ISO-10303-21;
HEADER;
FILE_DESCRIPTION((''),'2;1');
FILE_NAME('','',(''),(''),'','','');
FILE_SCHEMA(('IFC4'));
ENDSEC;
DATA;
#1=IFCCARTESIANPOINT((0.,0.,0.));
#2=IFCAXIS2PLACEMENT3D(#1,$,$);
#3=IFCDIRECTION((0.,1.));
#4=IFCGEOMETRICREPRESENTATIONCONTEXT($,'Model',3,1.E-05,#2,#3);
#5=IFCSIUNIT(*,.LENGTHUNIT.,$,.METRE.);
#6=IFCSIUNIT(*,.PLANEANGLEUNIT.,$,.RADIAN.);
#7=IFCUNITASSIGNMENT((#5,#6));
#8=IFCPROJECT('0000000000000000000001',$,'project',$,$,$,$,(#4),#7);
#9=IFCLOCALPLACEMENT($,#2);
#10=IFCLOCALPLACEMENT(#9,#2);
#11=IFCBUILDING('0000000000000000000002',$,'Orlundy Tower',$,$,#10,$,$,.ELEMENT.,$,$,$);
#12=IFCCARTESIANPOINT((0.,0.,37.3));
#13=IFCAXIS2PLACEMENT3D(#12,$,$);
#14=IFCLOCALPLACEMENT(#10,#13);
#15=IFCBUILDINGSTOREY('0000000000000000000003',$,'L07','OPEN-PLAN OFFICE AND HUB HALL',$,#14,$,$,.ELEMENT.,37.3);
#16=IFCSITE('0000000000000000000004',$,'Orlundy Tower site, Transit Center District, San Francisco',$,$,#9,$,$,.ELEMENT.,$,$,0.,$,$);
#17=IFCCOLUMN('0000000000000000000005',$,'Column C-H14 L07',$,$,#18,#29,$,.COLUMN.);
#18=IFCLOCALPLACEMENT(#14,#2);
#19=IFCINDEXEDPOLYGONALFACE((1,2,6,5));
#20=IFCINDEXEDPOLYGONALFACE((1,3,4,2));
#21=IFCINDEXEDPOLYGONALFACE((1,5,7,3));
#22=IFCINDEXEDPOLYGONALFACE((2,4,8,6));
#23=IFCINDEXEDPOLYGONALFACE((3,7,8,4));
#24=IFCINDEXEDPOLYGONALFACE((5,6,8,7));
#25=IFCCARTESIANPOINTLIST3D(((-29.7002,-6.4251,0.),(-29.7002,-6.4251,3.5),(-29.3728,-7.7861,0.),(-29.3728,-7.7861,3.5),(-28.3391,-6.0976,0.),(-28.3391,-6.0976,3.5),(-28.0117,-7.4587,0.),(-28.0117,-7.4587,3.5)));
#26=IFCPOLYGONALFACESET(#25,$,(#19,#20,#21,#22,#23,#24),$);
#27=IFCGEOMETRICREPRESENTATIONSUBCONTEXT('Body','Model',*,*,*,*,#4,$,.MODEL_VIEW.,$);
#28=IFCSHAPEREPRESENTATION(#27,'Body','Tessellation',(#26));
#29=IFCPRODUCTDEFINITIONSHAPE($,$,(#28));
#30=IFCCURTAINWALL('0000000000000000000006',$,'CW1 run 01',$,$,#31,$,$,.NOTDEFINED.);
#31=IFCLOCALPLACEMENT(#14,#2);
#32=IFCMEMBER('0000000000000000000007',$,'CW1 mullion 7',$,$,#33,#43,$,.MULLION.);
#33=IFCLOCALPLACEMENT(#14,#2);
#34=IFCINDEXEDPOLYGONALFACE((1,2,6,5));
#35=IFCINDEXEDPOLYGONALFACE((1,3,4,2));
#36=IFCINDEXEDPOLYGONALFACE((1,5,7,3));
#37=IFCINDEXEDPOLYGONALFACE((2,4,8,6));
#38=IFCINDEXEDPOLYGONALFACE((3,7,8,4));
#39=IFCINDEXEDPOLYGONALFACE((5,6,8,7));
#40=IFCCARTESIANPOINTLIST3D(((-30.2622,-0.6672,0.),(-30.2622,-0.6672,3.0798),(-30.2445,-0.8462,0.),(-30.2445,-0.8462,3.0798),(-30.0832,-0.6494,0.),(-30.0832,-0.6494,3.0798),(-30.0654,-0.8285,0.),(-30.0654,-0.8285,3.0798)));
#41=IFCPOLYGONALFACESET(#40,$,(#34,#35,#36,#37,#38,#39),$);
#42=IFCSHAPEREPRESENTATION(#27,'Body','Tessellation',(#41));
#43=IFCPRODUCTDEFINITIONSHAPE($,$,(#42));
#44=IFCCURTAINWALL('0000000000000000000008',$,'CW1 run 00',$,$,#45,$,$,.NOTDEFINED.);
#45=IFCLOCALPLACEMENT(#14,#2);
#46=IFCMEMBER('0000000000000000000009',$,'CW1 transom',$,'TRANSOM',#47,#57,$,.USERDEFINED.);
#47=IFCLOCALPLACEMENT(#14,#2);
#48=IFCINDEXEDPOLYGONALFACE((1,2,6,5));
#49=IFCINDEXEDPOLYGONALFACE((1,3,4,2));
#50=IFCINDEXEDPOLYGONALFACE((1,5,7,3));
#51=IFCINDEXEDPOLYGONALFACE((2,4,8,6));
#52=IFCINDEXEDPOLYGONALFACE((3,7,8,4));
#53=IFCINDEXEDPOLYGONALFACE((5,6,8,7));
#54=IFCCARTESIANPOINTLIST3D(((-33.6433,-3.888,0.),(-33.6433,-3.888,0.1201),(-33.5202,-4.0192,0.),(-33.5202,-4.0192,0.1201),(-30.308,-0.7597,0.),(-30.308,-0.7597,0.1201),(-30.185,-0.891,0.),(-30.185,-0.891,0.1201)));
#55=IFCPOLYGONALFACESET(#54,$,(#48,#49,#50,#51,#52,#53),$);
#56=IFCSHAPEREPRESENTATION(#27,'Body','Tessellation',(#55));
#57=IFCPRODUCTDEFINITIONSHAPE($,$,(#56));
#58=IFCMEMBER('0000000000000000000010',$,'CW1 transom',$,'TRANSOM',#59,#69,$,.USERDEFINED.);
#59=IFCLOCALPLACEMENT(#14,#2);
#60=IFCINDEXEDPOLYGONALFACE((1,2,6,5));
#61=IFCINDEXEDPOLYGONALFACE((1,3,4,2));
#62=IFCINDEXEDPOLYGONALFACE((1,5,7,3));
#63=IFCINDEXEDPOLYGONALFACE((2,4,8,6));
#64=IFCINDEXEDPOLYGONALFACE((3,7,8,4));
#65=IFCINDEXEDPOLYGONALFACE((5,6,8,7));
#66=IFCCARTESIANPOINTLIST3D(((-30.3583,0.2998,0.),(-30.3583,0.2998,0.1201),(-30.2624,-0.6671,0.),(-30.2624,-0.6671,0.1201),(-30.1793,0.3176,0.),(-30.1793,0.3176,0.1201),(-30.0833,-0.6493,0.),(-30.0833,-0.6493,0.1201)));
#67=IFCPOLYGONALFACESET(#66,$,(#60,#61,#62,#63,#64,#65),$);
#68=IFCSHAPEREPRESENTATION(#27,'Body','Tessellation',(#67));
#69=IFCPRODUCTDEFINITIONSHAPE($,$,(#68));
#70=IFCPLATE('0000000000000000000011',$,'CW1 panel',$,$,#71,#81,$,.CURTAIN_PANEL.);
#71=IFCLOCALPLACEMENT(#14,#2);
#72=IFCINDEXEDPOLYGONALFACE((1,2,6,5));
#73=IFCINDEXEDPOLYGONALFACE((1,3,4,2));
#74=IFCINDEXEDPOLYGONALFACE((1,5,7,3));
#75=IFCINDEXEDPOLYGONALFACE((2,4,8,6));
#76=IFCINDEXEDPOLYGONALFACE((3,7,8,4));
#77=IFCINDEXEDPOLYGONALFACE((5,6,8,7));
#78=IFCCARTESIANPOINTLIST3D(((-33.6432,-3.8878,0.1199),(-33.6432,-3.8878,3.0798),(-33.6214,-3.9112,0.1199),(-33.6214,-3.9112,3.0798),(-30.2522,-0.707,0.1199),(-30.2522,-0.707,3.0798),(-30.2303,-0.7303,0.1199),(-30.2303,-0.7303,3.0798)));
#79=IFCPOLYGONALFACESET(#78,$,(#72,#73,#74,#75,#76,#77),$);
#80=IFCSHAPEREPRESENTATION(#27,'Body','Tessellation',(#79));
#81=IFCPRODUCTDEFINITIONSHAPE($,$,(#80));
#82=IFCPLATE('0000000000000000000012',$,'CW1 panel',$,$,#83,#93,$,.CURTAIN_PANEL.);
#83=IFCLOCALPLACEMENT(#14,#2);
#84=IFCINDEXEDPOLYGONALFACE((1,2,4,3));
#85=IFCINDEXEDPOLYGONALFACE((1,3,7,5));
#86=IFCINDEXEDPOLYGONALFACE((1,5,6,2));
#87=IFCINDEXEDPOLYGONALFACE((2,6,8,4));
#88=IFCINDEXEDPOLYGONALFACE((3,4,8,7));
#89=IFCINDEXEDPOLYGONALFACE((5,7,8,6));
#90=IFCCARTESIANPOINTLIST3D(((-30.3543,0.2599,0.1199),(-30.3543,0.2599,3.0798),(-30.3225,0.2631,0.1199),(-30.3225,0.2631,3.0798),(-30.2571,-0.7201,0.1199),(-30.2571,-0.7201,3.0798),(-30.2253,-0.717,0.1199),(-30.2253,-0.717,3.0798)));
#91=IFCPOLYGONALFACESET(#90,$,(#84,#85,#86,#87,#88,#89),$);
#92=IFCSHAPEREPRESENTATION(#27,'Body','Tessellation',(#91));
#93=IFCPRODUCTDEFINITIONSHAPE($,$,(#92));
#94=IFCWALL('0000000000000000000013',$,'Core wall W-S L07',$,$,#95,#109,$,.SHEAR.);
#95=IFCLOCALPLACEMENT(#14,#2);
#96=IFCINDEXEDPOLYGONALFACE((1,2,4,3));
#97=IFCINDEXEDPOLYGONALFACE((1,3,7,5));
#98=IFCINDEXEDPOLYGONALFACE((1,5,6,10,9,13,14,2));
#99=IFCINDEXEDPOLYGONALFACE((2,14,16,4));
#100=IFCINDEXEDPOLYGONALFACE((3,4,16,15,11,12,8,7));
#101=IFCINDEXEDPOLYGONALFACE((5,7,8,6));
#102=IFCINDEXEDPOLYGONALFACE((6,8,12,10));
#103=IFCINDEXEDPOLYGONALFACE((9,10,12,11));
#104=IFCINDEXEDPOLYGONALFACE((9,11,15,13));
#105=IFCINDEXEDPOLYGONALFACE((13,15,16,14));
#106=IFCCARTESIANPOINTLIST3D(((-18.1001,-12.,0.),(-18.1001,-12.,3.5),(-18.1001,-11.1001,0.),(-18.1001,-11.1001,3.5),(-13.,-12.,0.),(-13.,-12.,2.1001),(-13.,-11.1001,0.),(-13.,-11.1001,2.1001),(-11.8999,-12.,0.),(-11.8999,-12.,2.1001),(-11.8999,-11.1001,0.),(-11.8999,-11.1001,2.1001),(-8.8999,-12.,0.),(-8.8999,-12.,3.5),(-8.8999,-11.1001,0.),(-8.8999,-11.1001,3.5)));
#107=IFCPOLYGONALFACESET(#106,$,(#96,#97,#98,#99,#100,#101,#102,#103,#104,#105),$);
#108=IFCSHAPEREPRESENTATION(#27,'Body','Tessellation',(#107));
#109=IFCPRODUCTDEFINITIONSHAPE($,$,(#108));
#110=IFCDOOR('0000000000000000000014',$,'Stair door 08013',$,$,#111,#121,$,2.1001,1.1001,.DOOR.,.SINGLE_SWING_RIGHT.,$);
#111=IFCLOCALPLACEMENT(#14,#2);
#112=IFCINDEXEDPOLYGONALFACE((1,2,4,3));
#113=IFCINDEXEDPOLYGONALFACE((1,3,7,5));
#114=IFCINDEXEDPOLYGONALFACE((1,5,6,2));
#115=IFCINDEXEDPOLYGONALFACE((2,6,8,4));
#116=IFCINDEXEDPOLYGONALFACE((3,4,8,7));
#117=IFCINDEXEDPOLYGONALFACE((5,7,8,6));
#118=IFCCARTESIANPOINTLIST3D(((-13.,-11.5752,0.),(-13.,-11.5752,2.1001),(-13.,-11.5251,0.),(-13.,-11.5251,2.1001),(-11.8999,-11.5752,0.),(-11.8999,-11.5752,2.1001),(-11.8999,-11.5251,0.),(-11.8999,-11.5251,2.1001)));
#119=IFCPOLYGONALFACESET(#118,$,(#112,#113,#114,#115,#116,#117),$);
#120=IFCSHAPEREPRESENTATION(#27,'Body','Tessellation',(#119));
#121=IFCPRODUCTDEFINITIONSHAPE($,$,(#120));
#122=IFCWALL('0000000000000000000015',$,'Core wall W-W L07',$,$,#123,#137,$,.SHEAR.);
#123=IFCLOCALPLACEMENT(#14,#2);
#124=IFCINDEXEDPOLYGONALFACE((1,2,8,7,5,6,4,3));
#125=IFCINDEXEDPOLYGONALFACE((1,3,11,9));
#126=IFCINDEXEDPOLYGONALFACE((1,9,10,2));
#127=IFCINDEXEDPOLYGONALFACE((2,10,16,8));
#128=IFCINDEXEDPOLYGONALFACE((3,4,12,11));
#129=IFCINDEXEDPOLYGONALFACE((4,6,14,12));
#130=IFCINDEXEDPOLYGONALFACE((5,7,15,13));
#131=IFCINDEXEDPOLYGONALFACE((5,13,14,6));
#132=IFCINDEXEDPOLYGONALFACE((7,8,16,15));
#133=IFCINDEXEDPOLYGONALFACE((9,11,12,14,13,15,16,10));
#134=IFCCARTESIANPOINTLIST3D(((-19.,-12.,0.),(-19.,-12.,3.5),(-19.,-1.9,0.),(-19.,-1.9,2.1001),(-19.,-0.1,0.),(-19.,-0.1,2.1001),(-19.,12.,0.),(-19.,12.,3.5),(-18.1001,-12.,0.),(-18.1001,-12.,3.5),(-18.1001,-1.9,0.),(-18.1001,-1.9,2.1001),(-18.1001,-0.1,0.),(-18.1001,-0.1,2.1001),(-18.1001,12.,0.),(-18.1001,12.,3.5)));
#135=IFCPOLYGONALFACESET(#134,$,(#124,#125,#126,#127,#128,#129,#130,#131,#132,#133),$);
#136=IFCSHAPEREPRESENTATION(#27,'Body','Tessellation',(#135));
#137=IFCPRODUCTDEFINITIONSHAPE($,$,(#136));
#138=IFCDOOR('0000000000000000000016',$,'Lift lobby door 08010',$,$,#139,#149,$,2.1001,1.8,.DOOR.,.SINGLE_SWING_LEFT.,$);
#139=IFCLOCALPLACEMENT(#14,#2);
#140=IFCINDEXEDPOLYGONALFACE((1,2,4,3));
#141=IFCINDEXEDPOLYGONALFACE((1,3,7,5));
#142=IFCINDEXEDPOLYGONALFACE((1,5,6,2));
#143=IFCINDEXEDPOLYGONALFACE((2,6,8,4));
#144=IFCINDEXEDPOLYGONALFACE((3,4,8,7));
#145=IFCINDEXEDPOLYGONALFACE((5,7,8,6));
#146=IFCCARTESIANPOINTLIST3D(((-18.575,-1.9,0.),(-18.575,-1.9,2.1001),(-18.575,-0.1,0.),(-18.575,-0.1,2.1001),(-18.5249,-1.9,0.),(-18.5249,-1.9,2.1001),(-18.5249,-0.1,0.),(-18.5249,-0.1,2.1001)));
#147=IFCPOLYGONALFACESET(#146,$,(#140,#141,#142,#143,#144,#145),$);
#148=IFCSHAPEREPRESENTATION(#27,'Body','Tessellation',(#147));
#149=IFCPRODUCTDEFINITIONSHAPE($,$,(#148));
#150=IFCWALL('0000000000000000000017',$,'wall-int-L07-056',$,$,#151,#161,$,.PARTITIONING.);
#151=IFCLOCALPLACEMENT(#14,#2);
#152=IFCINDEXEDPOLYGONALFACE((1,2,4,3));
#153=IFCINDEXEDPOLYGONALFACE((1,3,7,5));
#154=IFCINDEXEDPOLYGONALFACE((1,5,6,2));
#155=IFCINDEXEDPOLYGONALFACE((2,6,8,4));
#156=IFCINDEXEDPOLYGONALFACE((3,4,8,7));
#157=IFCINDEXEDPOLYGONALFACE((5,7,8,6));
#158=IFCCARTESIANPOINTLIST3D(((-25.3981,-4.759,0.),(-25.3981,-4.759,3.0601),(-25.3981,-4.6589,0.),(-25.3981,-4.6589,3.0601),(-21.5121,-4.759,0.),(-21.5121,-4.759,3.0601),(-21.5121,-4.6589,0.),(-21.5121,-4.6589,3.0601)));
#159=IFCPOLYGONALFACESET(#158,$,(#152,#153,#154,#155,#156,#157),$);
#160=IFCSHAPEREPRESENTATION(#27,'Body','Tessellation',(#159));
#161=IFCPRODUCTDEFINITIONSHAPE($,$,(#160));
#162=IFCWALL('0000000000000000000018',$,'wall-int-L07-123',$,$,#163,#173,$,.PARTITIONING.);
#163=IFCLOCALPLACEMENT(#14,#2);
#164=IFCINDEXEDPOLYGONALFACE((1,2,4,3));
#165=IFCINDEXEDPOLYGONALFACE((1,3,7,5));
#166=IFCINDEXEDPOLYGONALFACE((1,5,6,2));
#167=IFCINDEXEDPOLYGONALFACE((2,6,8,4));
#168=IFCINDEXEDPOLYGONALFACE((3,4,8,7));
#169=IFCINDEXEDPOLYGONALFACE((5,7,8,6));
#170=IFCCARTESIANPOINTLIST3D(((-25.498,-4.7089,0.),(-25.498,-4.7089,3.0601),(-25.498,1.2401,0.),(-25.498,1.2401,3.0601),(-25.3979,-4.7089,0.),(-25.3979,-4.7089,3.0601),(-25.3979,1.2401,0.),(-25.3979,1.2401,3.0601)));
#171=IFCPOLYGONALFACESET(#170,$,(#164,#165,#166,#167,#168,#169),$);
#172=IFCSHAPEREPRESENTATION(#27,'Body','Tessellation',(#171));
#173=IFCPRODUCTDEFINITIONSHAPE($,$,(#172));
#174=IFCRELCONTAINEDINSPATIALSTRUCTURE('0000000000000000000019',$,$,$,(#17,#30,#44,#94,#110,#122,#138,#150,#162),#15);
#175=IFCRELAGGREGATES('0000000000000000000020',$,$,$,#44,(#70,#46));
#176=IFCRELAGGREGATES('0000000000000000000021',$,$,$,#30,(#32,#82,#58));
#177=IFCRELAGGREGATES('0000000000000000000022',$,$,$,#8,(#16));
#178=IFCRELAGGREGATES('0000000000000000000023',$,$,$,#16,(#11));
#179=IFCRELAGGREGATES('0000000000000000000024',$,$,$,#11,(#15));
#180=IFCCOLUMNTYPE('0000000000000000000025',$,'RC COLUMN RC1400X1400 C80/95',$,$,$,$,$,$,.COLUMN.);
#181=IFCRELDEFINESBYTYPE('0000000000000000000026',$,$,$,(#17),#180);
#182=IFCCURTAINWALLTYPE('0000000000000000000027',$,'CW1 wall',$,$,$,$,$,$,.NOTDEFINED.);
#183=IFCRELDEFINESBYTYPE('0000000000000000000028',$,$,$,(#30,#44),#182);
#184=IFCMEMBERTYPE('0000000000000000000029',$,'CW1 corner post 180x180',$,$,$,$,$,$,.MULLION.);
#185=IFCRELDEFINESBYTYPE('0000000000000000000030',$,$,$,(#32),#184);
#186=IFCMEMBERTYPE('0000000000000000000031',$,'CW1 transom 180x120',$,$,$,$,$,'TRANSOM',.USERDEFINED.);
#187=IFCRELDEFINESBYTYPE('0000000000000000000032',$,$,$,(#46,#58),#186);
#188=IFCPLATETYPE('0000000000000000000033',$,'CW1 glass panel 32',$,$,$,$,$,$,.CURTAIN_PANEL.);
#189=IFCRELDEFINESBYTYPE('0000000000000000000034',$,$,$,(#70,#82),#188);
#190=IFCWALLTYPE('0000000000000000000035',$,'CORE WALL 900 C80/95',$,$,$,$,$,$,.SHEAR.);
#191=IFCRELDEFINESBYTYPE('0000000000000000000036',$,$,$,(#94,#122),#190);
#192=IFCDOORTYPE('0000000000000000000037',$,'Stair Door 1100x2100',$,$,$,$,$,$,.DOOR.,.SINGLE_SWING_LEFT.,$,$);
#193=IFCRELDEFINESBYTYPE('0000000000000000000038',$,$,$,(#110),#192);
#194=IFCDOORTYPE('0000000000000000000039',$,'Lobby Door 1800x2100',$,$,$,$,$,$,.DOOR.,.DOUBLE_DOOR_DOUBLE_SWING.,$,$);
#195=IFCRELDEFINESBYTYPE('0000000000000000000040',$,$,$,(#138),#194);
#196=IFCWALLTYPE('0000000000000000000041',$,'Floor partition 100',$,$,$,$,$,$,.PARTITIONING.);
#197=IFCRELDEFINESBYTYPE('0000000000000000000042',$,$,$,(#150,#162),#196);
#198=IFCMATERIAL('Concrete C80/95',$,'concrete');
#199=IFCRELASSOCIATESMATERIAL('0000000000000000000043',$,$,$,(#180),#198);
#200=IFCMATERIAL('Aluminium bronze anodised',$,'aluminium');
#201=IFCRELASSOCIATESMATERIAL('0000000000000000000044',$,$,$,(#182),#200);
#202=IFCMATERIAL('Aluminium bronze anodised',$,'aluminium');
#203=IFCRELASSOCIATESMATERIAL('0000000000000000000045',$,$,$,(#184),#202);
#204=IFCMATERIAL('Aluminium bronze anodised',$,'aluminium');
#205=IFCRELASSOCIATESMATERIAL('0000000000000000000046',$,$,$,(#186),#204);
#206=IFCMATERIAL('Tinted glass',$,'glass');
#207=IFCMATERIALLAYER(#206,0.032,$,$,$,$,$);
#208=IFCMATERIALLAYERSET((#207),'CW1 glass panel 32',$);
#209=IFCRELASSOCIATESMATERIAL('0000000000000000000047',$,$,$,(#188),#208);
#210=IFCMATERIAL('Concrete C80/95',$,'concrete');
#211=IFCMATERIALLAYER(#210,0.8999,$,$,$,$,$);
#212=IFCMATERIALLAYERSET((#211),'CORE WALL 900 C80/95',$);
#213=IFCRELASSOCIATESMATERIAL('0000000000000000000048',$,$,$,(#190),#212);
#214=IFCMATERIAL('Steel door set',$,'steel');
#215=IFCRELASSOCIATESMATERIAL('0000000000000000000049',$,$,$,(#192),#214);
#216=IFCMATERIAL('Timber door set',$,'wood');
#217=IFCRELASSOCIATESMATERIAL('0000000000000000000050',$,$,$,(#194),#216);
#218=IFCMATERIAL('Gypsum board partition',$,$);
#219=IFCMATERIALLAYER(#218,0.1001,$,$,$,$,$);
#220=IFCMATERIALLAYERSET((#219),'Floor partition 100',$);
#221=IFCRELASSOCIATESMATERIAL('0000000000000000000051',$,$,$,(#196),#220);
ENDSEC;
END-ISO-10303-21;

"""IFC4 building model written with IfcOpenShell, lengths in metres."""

from ifc_helpers import new_model, si_unit, direction, frame, frame_2d, origin, origin_2d, place, context, subcontext, project, spatial, rectangle, extrude, material, layer, layer_set, material_profile, profile_set, type_object, element, fill, aggregate, save


model = new_model("IFC4")

# Units and contexts
model_context = context("Model", 3, precision=1e-05, world=origin(), true_north=direction((0.0, 1.0)))
body_context = subcontext(model_context, "Body", "Model", "MODEL_VIEW")
ifc_project = project(units=[si_unit("LENGTHUNIT", "METRE"), si_unit("PLANEANGLEUNIT", "RADIAN")], contexts=[model_context])

# Site, building, storey
site_placement = place(None, origin())
site = spatial("IfcSite", under=ifc_project, at=site_placement, Name="Orlundy Tower site, Transit Center District, San Francisco", CompositionType="ELEMENT", RefElevation=0.0)
building_placement = place(site_placement, origin())
building = spatial("IfcBuilding", under=site, at=building_placement, Name="Orlundy Tower", CompositionType="ELEMENT")
storey_placement = place(building_placement, frame((0.0, 0.0, 37.3)))
storey = spatial("IfcBuildingStorey", under=building, at=storey_placement, Name="L07", Description="OPEN-PLAN OFFICE AND HUB HALL", CompositionType="ELEMENT", Elevation=37.3)

# Column
ifc_material_1 = material(Name="Concrete C80/95", Category="concrete")
ifc_material_profile_1 = material_profile(ifc_material_1, rectangle(XDim=1.3999, YDim=1.3999, at=origin_2d()), Name="RC1400X1400")
ifc_profile_set_1 = profile_set([ifc_material_profile_1], Name="Concrete C80/95")
column_type = type_object("IfcColumnType", Name="RC COLUMN RC1400X1400 C80/95", PredefinedType="COLUMN", material=ifc_profile_set_1)
column_placement = place(storey_placement, frame((-28.856, -6.9419, 0.0), z_axis=(0.0, 0.0, 1.0), x_axis=(-0.97226, -0.233904, 0.0)))
element("IfcColumn", 1, at=column_placement, inside=storey, type_object=column_type, Name="Column C-H14 L07", PredefinedType="COLUMN", context=body_context, shape_type="SweptSolid", body=[
    extrude(rectangle(XDim=1.3999, YDim=1.3999, at=origin_2d()), origin(), (0.0, 0.0, 1.0), 3.5),
])

# Curtain walls, members
ifc_material_2 = material(Name="Aluminium bronze anodised", Category="aluminium")
curtain_wall_type = type_object("IfcCurtainWallType", Name="CW1 wall", PredefinedType="NOTDEFINED", material=ifc_material_2)
curtain_wall_1_placement = place(storey_placement, origin())
curtain_wall_1 = element("IfcCurtainWall", 2, at=curtain_wall_1_placement, inside=storey, type_object=curtain_wall_type, Name="CW1 run 01", PredefinedType="NOTDEFINED")
ifc_material_3 = material(Name="Aluminium bronze anodised", Category="aluminium")
ifc_material_profile_2 = material_profile(ifc_material_3, rectangle(XDim=0.1799, YDim=0.1799, at=origin_2d()), Name="CW1 corner post 180x180")
ifc_profile_set_2 = profile_set([ifc_material_profile_2], Name="Aluminium bronze anodised")
member_type_1 = type_object("IfcMemberType", Name="CW1 corner post 180x180", PredefinedType="MULLION", material=ifc_profile_set_2)
member_1_placement = place(storey_placement, frame((-30.1638, -0.7478, 0.0), z_axis=(0.0, 0.0, 1.0), x_axis=(-0.99512, -0.098672, 0.0)))
member_1 = element("IfcMember", 3, at=member_1_placement, type_object=member_type_1, Name="CW1 mullion 7", PredefinedType="MULLION", context=body_context, shape_type="SweptSolid", body=[
    extrude(rectangle(XDim=0.1799, YDim=0.1799, at=origin_2d()), origin(), (0.0, 0.0, 1.0), 3.0798),
])
curtain_wall_2_placement = place(storey_placement, origin())
curtain_wall_2 = element("IfcCurtainWall", 4, at=curtain_wall_2_placement, inside=storey, type_object=curtain_wall_type, Name="CW1 run 00", PredefinedType="NOTDEFINED")
ifc_material_4 = material(Name="Aluminium bronze anodised", Category="aluminium")
ifc_material_profile_3 = material_profile(ifc_material_4, rectangle(XDim=0.1799, YDim=0.1201, at=origin_2d()), Name="CW1 transom 180x120")
ifc_profile_set_3 = profile_set([ifc_material_profile_3], Name="Aluminium bronze anodised")
member_type_2 = type_object("IfcMemberType", Name="CW1 transom 180x120", ElementType="TRANSOM", PredefinedType="USERDEFINED", material=ifc_profile_set_3)
member_2_placement = place(storey_placement, frame((-33.5818, -3.9536, 0.0601), z_axis=(0.729382, 0.684106, 0.0), x_axis=(-0.684106, 0.729382, 0.0)))
member_2 = element("IfcMember", 5, at=member_2_placement, type_object=member_type_2, Name="CW1 transom", ObjectType="TRANSOM", PredefinedType="USERDEFINED", context=body_context, shape_type="SweptSolid", body=[
    extrude(rectangle(XDim=0.1799, YDim=0.1201, at=origin_2d()), origin(), (0.0, 0.0, 1.0), 4.5728),
])

# Member
member_3_placement = place(storey_placement, frame((-30.1729, -0.6582, 0.0601), z_axis=(-0.098733, 0.995114, 0.0), x_axis=(-0.995114, -0.098733, 0.0)))
member_3 = element("IfcMember", 6, at=member_3_placement, type_object=member_type_2, Name="CW1 transom", ObjectType="TRANSOM", PredefinedType="USERDEFINED", context=body_context, shape_type="SweptSolid", body=[
    extrude(rectangle(XDim=0.1799, YDim=0.1201, at=origin_2d()), origin(), (0.0, 0.0, 1.0), 0.9717),
])

# Plates
ifc_material_5 = material(Name="Tinted glass", Category="glass")
ifc_layer_1 = layer(ifc_material_5, 0.032)
ifc_layer_set_1 = layer_set([ifc_layer_1], Name="CW1 glass panel 32")
plate_type = type_object("IfcPlateType", Name="CW1 glass panel 32", PredefinedType="CURTAIN_PANEL", material=ifc_layer_set_1)
plate_1_placement = place(storey_placement, frame((-31.9368, -2.3091, 0.1199), z_axis=(0.0, 0.0, 1.0), x_axis=(0.729351, 0.684139, 0.0)))
plate_1 = element("IfcPlate", 7, at=plate_1_placement, type_object=plate_type, Name="CW1 panel", PredefinedType="CURTAIN_PANEL", context=body_context, shape_type="SweptSolid", body=[
    extrude(rectangle(XDim=4.6494, YDim=0.032, at=origin_2d()), origin(), (0.0, 0.0, 1.0), 2.96),
])
aggregate(curtain_wall_2, [plate_1, member_2])
plate_2_placement = place(storey_placement, frame((-30.2898, -0.2285, 0.1199), z_axis=(0.0, 0.0, 1.0), x_axis=(-0.098672, 0.99512, 0.0)))
plate_2 = element("IfcPlate", 8, at=plate_2_placement, type_object=plate_type, Name="CW1 panel", PredefinedType="CURTAIN_PANEL", context=body_context, shape_type="SweptSolid", body=[
    extrude(rectangle(XDim=0.9849, YDim=0.032, at=origin_2d()), origin(), (0.0, 0.0, 1.0), 2.96),
])
aggregate(curtain_wall_1, [member_1, plate_2, member_3])

# Walls, openings, doors
ifc_material_6 = material(Name="Concrete C80/95", Category="concrete")
ifc_layer_2 = layer(ifc_material_6, 0.8999)
ifc_layer_set_2 = layer_set([ifc_layer_2], Name="CORE WALL 900 C80/95")
wall_type_1 = type_object("IfcWallType", Name="CORE WALL 900 C80/95", PredefinedType="SHEAR", material=ifc_layer_set_2)
wall_1_placement = place(storey_placement, frame((-18.1001, -11.55, 0.0), z_axis=(0.0, 0.0, 1.0), x_axis=(1.0, 0.0, 0.0)))
wall_1 = element("IfcWall", 9, at=wall_1_placement, inside=storey, type_object=wall_type_1, Name="Core wall W-S L07", PredefinedType="SHEAR", context=body_context, shape_type="SweptSolid", body=[
    extrude(rectangle(XDim=9.2002, YDim=0.8999, at=frame_2d((4.6001, 0.0))), origin(), (0.0, 0.0, 1.0), 3.5),
])
opening_1_placement = place(wall_1_placement, frame((5.1001, 0.0, 0.0)))
opening_1 = element("IfcOpeningElement", 10, at=opening_1_placement, cuts=wall_1, PredefinedType="OPENING", context=body_context, shape_type="SweptSolid", body=[
    extrude(rectangle(XDim=1.1001, YDim=2.1001, at=frame_2d((0.55, 1.05))), frame((0.0, 0.46, 0.0), z_axis=(0.0, -1.0, 0.0), x_axis=(1.0, 0.0, 0.0)), (0.0, 0.0, 1.0), 0.9199),
])
ifc_material_7 = material(Name="Steel door set", Category="steel")
door_type_1 = type_object("IfcDoorType", Name="Stair Door 1100x2100", OperationType="SINGLE_SWING_LEFT", PredefinedType="DOOR", material=ifc_material_7)
door_1_placement = place(opening_1_placement, origin())
door_1 = element("IfcDoor", 11, at=door_1_placement, inside=storey, type_object=door_type_1, Name="Stair door 08013", OperationType="SINGLE_SWING_RIGHT", OverallHeight=2.1001, OverallWidth=1.1001, PredefinedType="DOOR", context=body_context, shape_type="SweptSolid", body=[
    extrude(rectangle(XDim=1.1001, YDim=2.1001, at=frame_2d((0.55, 1.05))), frame((0.0, 0.0249, 0.0), z_axis=(0.0, -1.0, 0.0), x_axis=(1.0, 0.0, 0.0)), (0.0, 0.0, 1.0), 0.05),
])
fill(opening_1, door_1)
wall_2_placement = place(storey_placement, frame((-18.55, -12.0, 0.0), z_axis=(0.0, 0.0, 1.0), x_axis=(0.0, 1.0, 0.0)))
wall_2 = element("IfcWall", 12, at=wall_2_placement, inside=storey, type_object=wall_type_1, Name="Core wall W-W L07", PredefinedType="SHEAR", context=body_context, shape_type="SweptSolid", body=[
    extrude(rectangle(XDim=24.0, YDim=0.8999, at=frame_2d((12.0, 0.0))), origin(), (0.0, 0.0, 1.0), 3.5),
])
opening_2_placement = place(wall_2_placement, frame((10.1001, 0.0, 0.0)))
opening_2 = element("IfcOpeningElement", 13, at=opening_2_placement, cuts=wall_2, PredefinedType="OPENING", context=body_context, shape_type="SweptSolid", body=[
    extrude(rectangle(XDim=1.8, YDim=2.1001, at=frame_2d((0.8999, 1.05))), frame((0.0, 0.46, 0.0), z_axis=(0.0, -1.0, 0.0), x_axis=(1.0, 0.0, 0.0)), (0.0, 0.0, 1.0), 0.9199),
])
ifc_material_8 = material(Name="Timber door set", Category="wood")
door_type_2 = type_object("IfcDoorType", Name="Lobby Door 1800x2100", OperationType="DOUBLE_DOOR_DOUBLE_SWING", PredefinedType="DOOR", material=ifc_material_8)
door_2_placement = place(opening_2_placement, origin())
door_2 = element("IfcDoor", 14, at=door_2_placement, inside=storey, type_object=door_type_2, Name="Lift lobby door 08010", OperationType="SINGLE_SWING_LEFT", OverallHeight=2.1001, OverallWidth=1.8, PredefinedType="DOOR", context=body_context, shape_type="SweptSolid", body=[
    extrude(rectangle(XDim=1.8, YDim=2.1001, at=frame_2d((0.8999, 1.05))), frame((0.0, 0.0249, 0.0), z_axis=(0.0, -1.0, 0.0), x_axis=(1.0, 0.0, 0.0)), (0.0, 0.0, 1.0), 0.05),
])
fill(opening_2, door_2)

# Walls
ifc_material_9 = material(Name="Gypsum board partition")
ifc_layer_3 = layer(ifc_material_9, 0.1001)
ifc_layer_set_3 = layer_set([ifc_layer_3], Name="Floor partition 100")
wall_type_2 = type_object("IfcWallType", Name="Floor partition 100", PredefinedType="PARTITIONING", material=ifc_layer_set_3)
wall_3_placement = place(storey_placement, frame((-25.3979, -4.709, 0.0), z_axis=(0.0, 0.0, 1.0), x_axis=(1.0, 0.0, 0.0)))
element("IfcWall", 15, at=wall_3_placement, inside=storey, type_object=wall_type_2, Name="wall-int-L07-056", PredefinedType="PARTITIONING", context=body_context, shape_type="SweptSolid", body=[
    extrude(rectangle(XDim=3.886, YDim=0.1001, at=frame_2d((1.9429, 0.0))), origin(), (0.0, 0.0, 1.0), 3.0601),
])
wall_4_placement = place(storey_placement, frame((-25.448, -4.709, 0.0), z_axis=(0.0, 0.0, 1.0), x_axis=(0.0, 1.0, 0.0)))
element("IfcWall", 16, at=wall_4_placement, inside=storey, type_object=wall_type_2, Name="wall-int-L07-123", PredefinedType="PARTITIONING", context=body_context, shape_type="SweptSolid", body=[
    extrude(rectangle(XDim=5.949, YDim=0.1001, at=frame_2d((2.9746, 0.0))), origin(), (0.0, 0.0, 1.0), 3.0601),
])

save(model, "model.ifc")
